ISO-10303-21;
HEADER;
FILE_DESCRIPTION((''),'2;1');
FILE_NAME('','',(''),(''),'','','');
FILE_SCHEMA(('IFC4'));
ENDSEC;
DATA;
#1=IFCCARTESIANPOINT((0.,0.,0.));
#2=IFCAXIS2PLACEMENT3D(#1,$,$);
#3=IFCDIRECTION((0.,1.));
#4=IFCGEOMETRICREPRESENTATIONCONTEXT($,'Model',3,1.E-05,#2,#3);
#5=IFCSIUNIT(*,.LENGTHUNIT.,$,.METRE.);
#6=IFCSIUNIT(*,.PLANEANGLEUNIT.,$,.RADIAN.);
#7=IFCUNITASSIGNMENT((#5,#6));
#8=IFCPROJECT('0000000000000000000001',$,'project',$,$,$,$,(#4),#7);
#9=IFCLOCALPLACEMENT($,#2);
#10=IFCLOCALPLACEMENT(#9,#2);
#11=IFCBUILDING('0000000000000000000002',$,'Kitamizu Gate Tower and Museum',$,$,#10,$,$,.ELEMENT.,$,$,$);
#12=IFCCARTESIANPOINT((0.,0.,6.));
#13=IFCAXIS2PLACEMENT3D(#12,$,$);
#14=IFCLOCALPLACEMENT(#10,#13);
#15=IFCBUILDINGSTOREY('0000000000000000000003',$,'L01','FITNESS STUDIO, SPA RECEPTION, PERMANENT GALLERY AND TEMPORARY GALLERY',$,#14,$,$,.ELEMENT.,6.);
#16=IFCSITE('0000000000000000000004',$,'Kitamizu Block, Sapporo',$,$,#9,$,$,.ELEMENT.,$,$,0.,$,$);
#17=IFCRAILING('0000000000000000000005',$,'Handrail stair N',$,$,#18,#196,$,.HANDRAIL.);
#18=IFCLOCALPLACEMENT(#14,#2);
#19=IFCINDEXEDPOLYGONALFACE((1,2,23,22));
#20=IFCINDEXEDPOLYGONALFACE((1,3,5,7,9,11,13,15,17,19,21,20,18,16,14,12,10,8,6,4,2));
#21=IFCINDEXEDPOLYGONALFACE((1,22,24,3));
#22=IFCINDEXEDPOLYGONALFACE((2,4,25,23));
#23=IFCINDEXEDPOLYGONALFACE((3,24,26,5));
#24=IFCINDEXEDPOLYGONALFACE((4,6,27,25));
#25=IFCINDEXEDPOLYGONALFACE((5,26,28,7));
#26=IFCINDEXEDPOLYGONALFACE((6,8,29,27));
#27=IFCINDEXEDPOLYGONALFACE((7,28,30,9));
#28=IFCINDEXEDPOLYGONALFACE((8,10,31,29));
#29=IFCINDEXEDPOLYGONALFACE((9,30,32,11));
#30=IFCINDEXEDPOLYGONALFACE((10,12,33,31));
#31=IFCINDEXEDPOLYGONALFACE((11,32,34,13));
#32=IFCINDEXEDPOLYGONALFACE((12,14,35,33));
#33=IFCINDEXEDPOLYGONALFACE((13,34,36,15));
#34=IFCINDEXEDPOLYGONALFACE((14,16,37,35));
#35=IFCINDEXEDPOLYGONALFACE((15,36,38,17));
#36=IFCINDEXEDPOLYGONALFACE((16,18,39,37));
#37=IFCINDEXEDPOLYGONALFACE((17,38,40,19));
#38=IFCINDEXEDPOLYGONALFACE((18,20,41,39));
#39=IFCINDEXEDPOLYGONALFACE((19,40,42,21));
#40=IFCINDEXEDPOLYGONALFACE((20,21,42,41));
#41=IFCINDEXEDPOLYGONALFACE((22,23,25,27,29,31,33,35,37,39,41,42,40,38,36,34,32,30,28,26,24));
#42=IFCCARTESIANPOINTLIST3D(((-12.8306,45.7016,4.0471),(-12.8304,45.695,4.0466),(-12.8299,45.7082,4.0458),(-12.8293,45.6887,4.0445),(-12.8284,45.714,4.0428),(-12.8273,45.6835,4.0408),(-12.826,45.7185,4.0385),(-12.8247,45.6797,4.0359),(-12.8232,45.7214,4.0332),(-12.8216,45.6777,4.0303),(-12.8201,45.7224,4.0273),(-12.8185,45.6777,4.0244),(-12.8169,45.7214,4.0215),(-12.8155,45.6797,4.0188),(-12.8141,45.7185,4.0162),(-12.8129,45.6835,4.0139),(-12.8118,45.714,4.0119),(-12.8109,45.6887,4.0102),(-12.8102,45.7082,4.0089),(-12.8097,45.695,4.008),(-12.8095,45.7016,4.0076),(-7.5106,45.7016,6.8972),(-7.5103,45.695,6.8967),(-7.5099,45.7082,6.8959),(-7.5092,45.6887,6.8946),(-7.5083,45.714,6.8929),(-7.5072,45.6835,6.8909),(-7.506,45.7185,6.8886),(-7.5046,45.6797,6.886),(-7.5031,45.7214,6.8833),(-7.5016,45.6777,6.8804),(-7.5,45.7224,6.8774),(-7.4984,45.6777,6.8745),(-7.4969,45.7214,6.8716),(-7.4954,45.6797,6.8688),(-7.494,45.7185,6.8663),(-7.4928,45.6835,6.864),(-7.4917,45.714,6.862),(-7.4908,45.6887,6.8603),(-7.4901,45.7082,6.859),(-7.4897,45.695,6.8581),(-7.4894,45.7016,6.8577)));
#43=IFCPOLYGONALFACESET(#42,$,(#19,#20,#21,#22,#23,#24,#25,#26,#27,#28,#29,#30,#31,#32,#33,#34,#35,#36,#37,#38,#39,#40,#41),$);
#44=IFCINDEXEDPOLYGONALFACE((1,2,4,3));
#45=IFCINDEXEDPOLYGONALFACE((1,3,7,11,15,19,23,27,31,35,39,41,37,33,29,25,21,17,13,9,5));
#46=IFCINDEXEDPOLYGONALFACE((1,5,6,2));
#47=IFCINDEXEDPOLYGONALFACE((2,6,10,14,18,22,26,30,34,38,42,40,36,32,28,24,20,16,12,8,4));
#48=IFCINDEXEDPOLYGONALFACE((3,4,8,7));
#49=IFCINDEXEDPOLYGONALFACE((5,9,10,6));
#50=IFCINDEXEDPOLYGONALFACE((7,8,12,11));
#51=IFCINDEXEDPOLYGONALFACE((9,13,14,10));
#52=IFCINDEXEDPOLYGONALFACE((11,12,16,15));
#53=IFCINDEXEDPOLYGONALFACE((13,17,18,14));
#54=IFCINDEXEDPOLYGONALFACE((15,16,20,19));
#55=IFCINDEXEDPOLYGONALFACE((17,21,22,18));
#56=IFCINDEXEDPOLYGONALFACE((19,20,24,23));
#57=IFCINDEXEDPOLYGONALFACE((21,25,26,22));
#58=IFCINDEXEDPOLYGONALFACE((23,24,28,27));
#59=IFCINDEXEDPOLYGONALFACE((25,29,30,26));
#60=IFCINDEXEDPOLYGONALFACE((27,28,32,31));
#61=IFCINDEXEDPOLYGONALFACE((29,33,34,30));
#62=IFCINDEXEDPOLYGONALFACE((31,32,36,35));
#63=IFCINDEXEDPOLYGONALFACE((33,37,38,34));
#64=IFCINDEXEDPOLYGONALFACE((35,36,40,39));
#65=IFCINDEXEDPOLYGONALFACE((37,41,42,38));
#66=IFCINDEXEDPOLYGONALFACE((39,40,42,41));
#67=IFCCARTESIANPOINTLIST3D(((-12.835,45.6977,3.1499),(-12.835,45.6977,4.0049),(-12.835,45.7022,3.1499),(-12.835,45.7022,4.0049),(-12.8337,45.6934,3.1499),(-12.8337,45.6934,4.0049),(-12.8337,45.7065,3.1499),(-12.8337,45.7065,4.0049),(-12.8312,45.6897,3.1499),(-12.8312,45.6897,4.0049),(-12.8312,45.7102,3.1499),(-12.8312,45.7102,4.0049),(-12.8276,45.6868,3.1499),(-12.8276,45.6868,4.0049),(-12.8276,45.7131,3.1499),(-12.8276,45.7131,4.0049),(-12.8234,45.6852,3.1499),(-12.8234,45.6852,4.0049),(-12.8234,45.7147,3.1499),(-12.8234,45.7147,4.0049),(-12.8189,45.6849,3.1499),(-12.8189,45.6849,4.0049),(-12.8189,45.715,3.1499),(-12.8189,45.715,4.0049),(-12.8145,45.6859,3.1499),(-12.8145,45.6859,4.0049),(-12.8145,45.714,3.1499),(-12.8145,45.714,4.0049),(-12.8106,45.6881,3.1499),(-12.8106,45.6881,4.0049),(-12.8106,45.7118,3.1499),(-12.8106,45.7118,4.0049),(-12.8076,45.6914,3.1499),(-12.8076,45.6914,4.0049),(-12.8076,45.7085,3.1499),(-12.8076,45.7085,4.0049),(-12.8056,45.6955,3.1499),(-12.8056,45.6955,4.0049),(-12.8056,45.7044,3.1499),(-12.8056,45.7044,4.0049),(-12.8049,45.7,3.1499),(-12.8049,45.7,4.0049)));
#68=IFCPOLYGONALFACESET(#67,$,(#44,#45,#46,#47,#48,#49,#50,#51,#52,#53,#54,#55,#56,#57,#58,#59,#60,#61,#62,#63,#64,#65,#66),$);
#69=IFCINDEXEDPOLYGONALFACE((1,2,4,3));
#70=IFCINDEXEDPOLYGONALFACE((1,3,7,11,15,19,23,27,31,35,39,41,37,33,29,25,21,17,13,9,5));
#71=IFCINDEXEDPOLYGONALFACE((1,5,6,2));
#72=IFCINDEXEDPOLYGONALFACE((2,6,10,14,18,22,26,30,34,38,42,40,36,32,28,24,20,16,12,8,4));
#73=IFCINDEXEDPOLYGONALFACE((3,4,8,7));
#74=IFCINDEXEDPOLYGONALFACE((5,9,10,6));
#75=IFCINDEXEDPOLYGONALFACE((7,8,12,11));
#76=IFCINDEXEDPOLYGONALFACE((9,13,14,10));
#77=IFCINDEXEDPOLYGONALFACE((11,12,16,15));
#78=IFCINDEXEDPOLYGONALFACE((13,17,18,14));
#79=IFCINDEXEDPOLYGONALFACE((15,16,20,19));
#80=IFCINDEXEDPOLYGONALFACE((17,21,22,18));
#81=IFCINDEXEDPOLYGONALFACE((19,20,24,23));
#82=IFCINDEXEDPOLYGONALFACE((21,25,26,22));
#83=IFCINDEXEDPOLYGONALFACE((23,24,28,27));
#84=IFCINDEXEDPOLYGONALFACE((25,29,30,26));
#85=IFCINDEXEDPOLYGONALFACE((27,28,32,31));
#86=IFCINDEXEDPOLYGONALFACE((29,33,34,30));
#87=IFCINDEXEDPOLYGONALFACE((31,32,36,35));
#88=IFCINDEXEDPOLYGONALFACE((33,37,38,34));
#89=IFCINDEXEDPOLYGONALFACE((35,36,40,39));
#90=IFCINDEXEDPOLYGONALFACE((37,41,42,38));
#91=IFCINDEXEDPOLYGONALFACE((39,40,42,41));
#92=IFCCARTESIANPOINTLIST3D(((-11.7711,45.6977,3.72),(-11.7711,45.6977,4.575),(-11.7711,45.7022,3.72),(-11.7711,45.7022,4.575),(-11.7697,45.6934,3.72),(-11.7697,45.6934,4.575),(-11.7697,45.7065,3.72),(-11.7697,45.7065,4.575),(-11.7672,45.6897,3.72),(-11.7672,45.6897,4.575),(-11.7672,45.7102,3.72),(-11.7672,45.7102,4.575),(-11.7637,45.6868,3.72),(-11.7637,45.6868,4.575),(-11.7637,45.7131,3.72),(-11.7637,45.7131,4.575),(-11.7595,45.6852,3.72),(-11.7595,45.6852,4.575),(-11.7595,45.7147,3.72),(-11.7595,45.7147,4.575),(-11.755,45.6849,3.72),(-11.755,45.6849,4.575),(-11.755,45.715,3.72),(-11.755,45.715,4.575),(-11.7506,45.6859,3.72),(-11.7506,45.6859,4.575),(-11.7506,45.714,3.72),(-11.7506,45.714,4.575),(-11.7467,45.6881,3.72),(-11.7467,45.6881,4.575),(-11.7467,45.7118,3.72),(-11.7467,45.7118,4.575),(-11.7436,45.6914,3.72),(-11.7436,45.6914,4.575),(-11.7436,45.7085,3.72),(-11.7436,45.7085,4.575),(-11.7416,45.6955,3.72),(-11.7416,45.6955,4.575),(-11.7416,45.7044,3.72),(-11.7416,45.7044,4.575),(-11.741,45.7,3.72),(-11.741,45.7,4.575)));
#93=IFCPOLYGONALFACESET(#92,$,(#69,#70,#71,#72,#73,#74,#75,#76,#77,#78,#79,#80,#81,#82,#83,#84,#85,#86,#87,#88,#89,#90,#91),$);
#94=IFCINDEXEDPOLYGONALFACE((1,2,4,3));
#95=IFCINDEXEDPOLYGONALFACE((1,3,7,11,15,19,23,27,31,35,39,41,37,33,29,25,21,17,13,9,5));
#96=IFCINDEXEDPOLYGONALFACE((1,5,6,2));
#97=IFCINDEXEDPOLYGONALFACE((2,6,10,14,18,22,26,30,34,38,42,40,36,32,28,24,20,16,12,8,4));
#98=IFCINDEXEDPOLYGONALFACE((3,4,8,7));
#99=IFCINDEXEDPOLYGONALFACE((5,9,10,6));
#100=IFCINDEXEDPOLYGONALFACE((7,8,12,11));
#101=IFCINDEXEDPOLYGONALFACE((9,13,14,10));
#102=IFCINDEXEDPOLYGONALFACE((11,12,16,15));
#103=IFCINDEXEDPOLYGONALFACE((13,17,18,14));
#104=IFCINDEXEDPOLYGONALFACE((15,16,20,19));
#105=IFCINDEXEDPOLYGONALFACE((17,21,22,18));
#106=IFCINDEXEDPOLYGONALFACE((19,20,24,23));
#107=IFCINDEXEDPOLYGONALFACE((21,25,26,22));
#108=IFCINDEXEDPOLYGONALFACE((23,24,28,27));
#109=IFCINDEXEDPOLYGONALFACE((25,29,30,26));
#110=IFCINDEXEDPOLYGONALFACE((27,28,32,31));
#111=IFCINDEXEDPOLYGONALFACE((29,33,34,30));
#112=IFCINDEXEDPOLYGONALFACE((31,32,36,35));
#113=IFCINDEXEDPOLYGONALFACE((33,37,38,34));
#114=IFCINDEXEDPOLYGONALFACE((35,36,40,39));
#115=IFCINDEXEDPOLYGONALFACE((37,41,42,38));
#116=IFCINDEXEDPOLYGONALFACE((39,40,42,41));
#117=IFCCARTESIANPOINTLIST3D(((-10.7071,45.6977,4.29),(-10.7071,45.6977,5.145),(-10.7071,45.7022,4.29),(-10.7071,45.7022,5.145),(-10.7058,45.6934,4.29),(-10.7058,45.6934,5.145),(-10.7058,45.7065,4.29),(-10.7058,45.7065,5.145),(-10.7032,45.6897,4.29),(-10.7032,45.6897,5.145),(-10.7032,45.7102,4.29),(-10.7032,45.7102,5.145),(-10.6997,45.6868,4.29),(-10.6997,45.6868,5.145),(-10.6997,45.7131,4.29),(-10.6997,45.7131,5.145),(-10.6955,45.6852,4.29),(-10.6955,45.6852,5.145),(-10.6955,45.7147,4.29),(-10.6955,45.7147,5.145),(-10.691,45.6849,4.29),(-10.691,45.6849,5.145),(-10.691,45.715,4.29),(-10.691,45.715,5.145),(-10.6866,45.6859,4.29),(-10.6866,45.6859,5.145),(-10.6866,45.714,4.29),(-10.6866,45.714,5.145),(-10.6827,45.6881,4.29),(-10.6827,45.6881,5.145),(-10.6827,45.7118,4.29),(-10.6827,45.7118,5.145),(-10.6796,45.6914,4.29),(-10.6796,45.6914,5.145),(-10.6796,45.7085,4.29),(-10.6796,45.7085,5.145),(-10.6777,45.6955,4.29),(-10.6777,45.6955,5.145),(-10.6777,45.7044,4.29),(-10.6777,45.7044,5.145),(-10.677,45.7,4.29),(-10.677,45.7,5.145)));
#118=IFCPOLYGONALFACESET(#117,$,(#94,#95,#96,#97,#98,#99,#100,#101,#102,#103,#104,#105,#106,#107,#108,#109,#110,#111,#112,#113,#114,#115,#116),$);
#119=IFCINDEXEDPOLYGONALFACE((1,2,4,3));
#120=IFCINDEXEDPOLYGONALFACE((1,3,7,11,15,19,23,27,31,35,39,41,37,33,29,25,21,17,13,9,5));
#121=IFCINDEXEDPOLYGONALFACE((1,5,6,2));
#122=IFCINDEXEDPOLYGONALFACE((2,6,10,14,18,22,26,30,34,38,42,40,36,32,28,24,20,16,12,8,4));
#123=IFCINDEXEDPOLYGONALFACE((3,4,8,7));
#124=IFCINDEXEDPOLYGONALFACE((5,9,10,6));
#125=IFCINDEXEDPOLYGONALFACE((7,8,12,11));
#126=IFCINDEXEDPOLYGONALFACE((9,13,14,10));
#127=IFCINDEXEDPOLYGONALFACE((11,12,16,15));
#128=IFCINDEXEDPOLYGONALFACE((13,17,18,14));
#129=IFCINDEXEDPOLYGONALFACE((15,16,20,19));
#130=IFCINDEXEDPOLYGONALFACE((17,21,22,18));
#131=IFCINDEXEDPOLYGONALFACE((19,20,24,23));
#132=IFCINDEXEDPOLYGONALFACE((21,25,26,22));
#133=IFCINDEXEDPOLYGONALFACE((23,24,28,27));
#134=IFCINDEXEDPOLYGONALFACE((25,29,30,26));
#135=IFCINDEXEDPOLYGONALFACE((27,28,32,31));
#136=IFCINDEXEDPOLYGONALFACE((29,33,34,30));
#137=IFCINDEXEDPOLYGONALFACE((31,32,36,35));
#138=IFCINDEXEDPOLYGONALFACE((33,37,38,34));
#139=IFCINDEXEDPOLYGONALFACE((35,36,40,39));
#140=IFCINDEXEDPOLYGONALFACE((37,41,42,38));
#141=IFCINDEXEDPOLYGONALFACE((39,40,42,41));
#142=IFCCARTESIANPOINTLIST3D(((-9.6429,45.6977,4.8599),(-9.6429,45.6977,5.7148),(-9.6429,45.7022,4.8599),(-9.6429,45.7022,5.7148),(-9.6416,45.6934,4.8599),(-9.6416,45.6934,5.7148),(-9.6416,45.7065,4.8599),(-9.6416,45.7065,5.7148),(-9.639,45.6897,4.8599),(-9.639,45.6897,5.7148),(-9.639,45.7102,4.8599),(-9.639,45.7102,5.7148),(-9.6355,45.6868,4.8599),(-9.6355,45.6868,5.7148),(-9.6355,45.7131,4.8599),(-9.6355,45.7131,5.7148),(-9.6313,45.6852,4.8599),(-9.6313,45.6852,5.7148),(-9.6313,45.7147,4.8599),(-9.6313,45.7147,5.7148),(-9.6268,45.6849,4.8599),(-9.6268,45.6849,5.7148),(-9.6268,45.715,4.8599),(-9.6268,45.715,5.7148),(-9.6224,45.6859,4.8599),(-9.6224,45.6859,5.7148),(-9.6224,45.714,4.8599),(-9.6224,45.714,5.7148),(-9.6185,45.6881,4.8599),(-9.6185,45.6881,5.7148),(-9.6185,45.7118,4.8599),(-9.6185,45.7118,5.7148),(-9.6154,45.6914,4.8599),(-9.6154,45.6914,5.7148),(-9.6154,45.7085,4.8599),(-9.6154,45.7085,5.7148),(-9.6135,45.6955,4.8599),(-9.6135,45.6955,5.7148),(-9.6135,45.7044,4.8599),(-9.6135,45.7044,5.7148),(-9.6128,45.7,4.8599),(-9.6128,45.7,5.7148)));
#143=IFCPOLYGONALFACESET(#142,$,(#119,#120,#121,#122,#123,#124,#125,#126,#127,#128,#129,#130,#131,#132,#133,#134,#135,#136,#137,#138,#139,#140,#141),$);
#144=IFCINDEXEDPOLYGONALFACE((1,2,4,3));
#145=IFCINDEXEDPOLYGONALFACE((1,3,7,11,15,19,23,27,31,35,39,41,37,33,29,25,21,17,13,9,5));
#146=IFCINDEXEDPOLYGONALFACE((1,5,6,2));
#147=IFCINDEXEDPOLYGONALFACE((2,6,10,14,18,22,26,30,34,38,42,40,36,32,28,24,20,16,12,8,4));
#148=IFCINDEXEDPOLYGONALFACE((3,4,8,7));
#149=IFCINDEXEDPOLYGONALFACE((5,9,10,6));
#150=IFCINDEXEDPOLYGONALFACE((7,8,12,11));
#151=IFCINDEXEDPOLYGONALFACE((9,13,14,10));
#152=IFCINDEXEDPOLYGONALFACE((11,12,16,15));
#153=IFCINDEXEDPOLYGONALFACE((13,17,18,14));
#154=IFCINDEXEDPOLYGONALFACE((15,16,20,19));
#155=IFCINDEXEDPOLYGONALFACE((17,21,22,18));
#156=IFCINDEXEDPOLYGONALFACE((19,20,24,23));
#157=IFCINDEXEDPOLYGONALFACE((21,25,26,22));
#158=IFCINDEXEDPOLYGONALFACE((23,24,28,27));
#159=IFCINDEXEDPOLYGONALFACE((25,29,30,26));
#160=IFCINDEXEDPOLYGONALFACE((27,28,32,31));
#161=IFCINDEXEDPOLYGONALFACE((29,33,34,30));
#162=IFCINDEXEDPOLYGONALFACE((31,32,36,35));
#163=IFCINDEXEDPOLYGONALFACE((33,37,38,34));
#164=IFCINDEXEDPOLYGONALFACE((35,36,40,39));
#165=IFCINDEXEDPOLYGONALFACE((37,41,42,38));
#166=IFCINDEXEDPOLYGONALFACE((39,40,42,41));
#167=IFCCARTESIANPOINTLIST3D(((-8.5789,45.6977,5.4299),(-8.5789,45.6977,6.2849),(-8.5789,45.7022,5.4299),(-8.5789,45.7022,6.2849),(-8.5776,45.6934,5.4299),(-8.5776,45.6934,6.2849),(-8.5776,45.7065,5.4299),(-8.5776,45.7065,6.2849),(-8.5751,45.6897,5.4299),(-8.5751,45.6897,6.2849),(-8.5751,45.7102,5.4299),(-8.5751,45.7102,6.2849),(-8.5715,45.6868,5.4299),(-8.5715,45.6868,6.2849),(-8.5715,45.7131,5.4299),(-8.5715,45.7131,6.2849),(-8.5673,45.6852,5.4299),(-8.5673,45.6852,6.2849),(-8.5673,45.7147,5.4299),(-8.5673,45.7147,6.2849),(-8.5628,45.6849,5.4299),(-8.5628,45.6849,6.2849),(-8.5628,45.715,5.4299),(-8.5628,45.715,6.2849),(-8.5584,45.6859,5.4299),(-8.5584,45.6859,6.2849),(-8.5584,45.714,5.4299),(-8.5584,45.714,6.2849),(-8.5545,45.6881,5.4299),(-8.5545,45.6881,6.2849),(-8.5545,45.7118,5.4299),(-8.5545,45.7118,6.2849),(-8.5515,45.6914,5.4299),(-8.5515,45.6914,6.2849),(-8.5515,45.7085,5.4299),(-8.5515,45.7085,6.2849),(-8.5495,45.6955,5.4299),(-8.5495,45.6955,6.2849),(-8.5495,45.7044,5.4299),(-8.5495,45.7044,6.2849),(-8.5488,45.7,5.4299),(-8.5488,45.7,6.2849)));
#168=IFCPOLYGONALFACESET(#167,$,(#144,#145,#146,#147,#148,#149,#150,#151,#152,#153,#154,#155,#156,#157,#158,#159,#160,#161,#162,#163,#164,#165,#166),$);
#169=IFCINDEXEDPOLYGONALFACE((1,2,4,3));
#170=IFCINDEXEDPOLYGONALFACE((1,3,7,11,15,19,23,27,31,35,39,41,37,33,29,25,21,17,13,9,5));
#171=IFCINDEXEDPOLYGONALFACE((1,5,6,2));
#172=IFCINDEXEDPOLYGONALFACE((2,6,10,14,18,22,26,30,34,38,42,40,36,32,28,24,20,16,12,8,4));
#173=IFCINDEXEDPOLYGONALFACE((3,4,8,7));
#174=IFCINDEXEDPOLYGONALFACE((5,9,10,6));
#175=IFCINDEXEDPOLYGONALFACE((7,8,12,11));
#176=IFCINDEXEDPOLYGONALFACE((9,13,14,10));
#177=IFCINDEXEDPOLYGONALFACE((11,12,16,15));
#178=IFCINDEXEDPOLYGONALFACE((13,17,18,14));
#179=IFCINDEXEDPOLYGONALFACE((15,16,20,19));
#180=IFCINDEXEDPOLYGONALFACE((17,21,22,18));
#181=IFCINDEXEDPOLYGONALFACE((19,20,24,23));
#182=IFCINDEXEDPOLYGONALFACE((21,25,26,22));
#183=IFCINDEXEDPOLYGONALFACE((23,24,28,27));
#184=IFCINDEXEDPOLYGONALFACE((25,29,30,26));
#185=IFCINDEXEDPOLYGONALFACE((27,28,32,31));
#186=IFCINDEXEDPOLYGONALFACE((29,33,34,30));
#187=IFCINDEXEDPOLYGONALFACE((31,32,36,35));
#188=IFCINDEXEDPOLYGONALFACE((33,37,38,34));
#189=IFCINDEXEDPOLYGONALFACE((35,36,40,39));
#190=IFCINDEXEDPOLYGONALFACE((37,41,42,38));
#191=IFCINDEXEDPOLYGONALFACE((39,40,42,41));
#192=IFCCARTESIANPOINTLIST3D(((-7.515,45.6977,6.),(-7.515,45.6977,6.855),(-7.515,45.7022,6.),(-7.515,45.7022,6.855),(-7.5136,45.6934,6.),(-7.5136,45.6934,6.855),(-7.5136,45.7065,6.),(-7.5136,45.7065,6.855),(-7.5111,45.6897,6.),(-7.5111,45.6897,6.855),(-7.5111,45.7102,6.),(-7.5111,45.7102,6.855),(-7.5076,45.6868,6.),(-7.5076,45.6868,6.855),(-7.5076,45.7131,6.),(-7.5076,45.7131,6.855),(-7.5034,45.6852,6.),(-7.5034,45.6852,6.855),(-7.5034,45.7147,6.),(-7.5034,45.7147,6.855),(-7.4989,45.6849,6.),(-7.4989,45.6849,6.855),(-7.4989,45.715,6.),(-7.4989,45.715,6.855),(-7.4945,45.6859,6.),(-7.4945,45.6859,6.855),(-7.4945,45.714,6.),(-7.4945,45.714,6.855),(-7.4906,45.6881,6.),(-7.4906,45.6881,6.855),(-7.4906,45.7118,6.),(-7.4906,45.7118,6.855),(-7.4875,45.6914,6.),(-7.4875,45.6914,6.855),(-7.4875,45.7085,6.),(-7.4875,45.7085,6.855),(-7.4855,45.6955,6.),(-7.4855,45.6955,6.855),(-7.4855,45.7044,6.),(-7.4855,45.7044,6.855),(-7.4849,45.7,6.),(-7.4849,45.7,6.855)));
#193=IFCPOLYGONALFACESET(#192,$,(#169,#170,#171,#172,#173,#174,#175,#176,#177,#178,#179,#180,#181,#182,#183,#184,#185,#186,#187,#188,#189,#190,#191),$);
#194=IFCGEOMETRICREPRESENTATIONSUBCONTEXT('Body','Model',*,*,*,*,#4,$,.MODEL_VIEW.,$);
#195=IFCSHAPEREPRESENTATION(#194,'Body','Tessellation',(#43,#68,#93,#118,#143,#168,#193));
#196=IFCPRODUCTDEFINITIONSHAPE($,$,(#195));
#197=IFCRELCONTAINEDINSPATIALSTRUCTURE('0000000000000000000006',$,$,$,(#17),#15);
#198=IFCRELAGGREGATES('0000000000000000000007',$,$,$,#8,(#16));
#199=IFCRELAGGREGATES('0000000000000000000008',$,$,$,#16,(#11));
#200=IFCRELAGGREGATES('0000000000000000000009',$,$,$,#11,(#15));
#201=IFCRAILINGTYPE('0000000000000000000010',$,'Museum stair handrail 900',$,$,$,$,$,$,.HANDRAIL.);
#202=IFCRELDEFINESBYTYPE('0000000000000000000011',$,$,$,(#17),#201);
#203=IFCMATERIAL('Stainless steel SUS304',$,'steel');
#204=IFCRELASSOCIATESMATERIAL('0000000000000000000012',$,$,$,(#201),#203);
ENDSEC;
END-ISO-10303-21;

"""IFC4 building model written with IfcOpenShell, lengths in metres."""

from ifc_helpers import new_model, si_unit, direction, frame, origin, origin_2d, place, context, subcontext, project, spatial, circle, extrude, material, type_object, element, save


model = new_model("IFC4")

# Units and contexts
model_context = context("Model", 3, precision=1e-05, world=origin(), true_north=direction((0.0, 1.0)))
body_context = subcontext(model_context, "Body", "Model", "MODEL_VIEW")
ifc_project = project(units=[si_unit("LENGTHUNIT", "METRE"), si_unit("PLANEANGLEUNIT", "RADIAN")], contexts=[model_context])

# Site, building, storey
site_placement = place(None, origin())
site = spatial("IfcSite", under=ifc_project, at=site_placement, Name="Kitamizu Block, Sapporo", CompositionType="ELEMENT", RefElevation=0.0)
building_placement = place(site_placement, origin())
building = spatial("IfcBuilding", under=site, at=building_placement, Name="Kitamizu Gate Tower and Museum", CompositionType="ELEMENT")
storey_placement = place(building_placement, frame((0.0, 0.0, 6.0)))
storey = spatial("IfcBuildingStorey", under=building, at=storey_placement, Name="L01", Description="FITNESS STUDIO, SPA RECEPTION, PERMANENT GALLERY AND TEMPORARY GALLERY", CompositionType="ELEMENT", Elevation=6.0)

# Railing
ifc_material_1 = material(Name="Stainless steel SUS304", Category="steel")
railing_type = type_object("IfcRailingType", Name="Museum stair handrail 900", PredefinedType="HANDRAIL", material=ifc_material_1)
for number, where, name in (
    (1, (-12.8201, 45.7, 3.1499), "Handrail stair N"),
):
    element("IfcRailing", number, at=place(storey_placement, frame(where)), inside=storey, type_object=railing_type, Name=name, PredefinedType="HANDRAIL", context=body_context, shape_type="SweptSolid", body=[
        extrude(circle(Radius=0.0225, at=origin_2d()), frame((0.0, 0.0, 0.8774), z_axis=(0.881476, 0.0, 0.472229), x_axis=(0.0, 1.0, 0.0)), (0.0, 0.0, 1.0), 6.0354),
        extrude(circle(Radius=0.0151, at=origin_2d()), origin(), (0.0, 0.0, 1.0), 0.855),
        extrude(circle(Radius=0.0151, at=origin_2d()), frame((1.064, 0.0, 0.5701)), (0.0, 0.0, 1.0), 0.855),
        extrude(circle(Radius=0.0151, at=origin_2d()), frame((2.1279, 0.0, 1.1401)), (0.0, 0.0, 1.0), 0.855),
        extrude(circle(Radius=0.0151, at=origin_2d()), frame((3.1921, 0.0, 1.71)), (0.0, 0.0, 1.0), 0.855),
        extrude(circle(Radius=0.0151, at=origin_2d()), frame((4.2561, 0.0, 2.28)), (0.0, 0.0, 1.0), 0.855),
        extrude(circle(Radius=0.0151, at=origin_2d()), frame((5.3201, 0.0, 2.8501)), (0.0, 0.0, 1.0), 0.855),
    ])

save(model, "model.ifc")
